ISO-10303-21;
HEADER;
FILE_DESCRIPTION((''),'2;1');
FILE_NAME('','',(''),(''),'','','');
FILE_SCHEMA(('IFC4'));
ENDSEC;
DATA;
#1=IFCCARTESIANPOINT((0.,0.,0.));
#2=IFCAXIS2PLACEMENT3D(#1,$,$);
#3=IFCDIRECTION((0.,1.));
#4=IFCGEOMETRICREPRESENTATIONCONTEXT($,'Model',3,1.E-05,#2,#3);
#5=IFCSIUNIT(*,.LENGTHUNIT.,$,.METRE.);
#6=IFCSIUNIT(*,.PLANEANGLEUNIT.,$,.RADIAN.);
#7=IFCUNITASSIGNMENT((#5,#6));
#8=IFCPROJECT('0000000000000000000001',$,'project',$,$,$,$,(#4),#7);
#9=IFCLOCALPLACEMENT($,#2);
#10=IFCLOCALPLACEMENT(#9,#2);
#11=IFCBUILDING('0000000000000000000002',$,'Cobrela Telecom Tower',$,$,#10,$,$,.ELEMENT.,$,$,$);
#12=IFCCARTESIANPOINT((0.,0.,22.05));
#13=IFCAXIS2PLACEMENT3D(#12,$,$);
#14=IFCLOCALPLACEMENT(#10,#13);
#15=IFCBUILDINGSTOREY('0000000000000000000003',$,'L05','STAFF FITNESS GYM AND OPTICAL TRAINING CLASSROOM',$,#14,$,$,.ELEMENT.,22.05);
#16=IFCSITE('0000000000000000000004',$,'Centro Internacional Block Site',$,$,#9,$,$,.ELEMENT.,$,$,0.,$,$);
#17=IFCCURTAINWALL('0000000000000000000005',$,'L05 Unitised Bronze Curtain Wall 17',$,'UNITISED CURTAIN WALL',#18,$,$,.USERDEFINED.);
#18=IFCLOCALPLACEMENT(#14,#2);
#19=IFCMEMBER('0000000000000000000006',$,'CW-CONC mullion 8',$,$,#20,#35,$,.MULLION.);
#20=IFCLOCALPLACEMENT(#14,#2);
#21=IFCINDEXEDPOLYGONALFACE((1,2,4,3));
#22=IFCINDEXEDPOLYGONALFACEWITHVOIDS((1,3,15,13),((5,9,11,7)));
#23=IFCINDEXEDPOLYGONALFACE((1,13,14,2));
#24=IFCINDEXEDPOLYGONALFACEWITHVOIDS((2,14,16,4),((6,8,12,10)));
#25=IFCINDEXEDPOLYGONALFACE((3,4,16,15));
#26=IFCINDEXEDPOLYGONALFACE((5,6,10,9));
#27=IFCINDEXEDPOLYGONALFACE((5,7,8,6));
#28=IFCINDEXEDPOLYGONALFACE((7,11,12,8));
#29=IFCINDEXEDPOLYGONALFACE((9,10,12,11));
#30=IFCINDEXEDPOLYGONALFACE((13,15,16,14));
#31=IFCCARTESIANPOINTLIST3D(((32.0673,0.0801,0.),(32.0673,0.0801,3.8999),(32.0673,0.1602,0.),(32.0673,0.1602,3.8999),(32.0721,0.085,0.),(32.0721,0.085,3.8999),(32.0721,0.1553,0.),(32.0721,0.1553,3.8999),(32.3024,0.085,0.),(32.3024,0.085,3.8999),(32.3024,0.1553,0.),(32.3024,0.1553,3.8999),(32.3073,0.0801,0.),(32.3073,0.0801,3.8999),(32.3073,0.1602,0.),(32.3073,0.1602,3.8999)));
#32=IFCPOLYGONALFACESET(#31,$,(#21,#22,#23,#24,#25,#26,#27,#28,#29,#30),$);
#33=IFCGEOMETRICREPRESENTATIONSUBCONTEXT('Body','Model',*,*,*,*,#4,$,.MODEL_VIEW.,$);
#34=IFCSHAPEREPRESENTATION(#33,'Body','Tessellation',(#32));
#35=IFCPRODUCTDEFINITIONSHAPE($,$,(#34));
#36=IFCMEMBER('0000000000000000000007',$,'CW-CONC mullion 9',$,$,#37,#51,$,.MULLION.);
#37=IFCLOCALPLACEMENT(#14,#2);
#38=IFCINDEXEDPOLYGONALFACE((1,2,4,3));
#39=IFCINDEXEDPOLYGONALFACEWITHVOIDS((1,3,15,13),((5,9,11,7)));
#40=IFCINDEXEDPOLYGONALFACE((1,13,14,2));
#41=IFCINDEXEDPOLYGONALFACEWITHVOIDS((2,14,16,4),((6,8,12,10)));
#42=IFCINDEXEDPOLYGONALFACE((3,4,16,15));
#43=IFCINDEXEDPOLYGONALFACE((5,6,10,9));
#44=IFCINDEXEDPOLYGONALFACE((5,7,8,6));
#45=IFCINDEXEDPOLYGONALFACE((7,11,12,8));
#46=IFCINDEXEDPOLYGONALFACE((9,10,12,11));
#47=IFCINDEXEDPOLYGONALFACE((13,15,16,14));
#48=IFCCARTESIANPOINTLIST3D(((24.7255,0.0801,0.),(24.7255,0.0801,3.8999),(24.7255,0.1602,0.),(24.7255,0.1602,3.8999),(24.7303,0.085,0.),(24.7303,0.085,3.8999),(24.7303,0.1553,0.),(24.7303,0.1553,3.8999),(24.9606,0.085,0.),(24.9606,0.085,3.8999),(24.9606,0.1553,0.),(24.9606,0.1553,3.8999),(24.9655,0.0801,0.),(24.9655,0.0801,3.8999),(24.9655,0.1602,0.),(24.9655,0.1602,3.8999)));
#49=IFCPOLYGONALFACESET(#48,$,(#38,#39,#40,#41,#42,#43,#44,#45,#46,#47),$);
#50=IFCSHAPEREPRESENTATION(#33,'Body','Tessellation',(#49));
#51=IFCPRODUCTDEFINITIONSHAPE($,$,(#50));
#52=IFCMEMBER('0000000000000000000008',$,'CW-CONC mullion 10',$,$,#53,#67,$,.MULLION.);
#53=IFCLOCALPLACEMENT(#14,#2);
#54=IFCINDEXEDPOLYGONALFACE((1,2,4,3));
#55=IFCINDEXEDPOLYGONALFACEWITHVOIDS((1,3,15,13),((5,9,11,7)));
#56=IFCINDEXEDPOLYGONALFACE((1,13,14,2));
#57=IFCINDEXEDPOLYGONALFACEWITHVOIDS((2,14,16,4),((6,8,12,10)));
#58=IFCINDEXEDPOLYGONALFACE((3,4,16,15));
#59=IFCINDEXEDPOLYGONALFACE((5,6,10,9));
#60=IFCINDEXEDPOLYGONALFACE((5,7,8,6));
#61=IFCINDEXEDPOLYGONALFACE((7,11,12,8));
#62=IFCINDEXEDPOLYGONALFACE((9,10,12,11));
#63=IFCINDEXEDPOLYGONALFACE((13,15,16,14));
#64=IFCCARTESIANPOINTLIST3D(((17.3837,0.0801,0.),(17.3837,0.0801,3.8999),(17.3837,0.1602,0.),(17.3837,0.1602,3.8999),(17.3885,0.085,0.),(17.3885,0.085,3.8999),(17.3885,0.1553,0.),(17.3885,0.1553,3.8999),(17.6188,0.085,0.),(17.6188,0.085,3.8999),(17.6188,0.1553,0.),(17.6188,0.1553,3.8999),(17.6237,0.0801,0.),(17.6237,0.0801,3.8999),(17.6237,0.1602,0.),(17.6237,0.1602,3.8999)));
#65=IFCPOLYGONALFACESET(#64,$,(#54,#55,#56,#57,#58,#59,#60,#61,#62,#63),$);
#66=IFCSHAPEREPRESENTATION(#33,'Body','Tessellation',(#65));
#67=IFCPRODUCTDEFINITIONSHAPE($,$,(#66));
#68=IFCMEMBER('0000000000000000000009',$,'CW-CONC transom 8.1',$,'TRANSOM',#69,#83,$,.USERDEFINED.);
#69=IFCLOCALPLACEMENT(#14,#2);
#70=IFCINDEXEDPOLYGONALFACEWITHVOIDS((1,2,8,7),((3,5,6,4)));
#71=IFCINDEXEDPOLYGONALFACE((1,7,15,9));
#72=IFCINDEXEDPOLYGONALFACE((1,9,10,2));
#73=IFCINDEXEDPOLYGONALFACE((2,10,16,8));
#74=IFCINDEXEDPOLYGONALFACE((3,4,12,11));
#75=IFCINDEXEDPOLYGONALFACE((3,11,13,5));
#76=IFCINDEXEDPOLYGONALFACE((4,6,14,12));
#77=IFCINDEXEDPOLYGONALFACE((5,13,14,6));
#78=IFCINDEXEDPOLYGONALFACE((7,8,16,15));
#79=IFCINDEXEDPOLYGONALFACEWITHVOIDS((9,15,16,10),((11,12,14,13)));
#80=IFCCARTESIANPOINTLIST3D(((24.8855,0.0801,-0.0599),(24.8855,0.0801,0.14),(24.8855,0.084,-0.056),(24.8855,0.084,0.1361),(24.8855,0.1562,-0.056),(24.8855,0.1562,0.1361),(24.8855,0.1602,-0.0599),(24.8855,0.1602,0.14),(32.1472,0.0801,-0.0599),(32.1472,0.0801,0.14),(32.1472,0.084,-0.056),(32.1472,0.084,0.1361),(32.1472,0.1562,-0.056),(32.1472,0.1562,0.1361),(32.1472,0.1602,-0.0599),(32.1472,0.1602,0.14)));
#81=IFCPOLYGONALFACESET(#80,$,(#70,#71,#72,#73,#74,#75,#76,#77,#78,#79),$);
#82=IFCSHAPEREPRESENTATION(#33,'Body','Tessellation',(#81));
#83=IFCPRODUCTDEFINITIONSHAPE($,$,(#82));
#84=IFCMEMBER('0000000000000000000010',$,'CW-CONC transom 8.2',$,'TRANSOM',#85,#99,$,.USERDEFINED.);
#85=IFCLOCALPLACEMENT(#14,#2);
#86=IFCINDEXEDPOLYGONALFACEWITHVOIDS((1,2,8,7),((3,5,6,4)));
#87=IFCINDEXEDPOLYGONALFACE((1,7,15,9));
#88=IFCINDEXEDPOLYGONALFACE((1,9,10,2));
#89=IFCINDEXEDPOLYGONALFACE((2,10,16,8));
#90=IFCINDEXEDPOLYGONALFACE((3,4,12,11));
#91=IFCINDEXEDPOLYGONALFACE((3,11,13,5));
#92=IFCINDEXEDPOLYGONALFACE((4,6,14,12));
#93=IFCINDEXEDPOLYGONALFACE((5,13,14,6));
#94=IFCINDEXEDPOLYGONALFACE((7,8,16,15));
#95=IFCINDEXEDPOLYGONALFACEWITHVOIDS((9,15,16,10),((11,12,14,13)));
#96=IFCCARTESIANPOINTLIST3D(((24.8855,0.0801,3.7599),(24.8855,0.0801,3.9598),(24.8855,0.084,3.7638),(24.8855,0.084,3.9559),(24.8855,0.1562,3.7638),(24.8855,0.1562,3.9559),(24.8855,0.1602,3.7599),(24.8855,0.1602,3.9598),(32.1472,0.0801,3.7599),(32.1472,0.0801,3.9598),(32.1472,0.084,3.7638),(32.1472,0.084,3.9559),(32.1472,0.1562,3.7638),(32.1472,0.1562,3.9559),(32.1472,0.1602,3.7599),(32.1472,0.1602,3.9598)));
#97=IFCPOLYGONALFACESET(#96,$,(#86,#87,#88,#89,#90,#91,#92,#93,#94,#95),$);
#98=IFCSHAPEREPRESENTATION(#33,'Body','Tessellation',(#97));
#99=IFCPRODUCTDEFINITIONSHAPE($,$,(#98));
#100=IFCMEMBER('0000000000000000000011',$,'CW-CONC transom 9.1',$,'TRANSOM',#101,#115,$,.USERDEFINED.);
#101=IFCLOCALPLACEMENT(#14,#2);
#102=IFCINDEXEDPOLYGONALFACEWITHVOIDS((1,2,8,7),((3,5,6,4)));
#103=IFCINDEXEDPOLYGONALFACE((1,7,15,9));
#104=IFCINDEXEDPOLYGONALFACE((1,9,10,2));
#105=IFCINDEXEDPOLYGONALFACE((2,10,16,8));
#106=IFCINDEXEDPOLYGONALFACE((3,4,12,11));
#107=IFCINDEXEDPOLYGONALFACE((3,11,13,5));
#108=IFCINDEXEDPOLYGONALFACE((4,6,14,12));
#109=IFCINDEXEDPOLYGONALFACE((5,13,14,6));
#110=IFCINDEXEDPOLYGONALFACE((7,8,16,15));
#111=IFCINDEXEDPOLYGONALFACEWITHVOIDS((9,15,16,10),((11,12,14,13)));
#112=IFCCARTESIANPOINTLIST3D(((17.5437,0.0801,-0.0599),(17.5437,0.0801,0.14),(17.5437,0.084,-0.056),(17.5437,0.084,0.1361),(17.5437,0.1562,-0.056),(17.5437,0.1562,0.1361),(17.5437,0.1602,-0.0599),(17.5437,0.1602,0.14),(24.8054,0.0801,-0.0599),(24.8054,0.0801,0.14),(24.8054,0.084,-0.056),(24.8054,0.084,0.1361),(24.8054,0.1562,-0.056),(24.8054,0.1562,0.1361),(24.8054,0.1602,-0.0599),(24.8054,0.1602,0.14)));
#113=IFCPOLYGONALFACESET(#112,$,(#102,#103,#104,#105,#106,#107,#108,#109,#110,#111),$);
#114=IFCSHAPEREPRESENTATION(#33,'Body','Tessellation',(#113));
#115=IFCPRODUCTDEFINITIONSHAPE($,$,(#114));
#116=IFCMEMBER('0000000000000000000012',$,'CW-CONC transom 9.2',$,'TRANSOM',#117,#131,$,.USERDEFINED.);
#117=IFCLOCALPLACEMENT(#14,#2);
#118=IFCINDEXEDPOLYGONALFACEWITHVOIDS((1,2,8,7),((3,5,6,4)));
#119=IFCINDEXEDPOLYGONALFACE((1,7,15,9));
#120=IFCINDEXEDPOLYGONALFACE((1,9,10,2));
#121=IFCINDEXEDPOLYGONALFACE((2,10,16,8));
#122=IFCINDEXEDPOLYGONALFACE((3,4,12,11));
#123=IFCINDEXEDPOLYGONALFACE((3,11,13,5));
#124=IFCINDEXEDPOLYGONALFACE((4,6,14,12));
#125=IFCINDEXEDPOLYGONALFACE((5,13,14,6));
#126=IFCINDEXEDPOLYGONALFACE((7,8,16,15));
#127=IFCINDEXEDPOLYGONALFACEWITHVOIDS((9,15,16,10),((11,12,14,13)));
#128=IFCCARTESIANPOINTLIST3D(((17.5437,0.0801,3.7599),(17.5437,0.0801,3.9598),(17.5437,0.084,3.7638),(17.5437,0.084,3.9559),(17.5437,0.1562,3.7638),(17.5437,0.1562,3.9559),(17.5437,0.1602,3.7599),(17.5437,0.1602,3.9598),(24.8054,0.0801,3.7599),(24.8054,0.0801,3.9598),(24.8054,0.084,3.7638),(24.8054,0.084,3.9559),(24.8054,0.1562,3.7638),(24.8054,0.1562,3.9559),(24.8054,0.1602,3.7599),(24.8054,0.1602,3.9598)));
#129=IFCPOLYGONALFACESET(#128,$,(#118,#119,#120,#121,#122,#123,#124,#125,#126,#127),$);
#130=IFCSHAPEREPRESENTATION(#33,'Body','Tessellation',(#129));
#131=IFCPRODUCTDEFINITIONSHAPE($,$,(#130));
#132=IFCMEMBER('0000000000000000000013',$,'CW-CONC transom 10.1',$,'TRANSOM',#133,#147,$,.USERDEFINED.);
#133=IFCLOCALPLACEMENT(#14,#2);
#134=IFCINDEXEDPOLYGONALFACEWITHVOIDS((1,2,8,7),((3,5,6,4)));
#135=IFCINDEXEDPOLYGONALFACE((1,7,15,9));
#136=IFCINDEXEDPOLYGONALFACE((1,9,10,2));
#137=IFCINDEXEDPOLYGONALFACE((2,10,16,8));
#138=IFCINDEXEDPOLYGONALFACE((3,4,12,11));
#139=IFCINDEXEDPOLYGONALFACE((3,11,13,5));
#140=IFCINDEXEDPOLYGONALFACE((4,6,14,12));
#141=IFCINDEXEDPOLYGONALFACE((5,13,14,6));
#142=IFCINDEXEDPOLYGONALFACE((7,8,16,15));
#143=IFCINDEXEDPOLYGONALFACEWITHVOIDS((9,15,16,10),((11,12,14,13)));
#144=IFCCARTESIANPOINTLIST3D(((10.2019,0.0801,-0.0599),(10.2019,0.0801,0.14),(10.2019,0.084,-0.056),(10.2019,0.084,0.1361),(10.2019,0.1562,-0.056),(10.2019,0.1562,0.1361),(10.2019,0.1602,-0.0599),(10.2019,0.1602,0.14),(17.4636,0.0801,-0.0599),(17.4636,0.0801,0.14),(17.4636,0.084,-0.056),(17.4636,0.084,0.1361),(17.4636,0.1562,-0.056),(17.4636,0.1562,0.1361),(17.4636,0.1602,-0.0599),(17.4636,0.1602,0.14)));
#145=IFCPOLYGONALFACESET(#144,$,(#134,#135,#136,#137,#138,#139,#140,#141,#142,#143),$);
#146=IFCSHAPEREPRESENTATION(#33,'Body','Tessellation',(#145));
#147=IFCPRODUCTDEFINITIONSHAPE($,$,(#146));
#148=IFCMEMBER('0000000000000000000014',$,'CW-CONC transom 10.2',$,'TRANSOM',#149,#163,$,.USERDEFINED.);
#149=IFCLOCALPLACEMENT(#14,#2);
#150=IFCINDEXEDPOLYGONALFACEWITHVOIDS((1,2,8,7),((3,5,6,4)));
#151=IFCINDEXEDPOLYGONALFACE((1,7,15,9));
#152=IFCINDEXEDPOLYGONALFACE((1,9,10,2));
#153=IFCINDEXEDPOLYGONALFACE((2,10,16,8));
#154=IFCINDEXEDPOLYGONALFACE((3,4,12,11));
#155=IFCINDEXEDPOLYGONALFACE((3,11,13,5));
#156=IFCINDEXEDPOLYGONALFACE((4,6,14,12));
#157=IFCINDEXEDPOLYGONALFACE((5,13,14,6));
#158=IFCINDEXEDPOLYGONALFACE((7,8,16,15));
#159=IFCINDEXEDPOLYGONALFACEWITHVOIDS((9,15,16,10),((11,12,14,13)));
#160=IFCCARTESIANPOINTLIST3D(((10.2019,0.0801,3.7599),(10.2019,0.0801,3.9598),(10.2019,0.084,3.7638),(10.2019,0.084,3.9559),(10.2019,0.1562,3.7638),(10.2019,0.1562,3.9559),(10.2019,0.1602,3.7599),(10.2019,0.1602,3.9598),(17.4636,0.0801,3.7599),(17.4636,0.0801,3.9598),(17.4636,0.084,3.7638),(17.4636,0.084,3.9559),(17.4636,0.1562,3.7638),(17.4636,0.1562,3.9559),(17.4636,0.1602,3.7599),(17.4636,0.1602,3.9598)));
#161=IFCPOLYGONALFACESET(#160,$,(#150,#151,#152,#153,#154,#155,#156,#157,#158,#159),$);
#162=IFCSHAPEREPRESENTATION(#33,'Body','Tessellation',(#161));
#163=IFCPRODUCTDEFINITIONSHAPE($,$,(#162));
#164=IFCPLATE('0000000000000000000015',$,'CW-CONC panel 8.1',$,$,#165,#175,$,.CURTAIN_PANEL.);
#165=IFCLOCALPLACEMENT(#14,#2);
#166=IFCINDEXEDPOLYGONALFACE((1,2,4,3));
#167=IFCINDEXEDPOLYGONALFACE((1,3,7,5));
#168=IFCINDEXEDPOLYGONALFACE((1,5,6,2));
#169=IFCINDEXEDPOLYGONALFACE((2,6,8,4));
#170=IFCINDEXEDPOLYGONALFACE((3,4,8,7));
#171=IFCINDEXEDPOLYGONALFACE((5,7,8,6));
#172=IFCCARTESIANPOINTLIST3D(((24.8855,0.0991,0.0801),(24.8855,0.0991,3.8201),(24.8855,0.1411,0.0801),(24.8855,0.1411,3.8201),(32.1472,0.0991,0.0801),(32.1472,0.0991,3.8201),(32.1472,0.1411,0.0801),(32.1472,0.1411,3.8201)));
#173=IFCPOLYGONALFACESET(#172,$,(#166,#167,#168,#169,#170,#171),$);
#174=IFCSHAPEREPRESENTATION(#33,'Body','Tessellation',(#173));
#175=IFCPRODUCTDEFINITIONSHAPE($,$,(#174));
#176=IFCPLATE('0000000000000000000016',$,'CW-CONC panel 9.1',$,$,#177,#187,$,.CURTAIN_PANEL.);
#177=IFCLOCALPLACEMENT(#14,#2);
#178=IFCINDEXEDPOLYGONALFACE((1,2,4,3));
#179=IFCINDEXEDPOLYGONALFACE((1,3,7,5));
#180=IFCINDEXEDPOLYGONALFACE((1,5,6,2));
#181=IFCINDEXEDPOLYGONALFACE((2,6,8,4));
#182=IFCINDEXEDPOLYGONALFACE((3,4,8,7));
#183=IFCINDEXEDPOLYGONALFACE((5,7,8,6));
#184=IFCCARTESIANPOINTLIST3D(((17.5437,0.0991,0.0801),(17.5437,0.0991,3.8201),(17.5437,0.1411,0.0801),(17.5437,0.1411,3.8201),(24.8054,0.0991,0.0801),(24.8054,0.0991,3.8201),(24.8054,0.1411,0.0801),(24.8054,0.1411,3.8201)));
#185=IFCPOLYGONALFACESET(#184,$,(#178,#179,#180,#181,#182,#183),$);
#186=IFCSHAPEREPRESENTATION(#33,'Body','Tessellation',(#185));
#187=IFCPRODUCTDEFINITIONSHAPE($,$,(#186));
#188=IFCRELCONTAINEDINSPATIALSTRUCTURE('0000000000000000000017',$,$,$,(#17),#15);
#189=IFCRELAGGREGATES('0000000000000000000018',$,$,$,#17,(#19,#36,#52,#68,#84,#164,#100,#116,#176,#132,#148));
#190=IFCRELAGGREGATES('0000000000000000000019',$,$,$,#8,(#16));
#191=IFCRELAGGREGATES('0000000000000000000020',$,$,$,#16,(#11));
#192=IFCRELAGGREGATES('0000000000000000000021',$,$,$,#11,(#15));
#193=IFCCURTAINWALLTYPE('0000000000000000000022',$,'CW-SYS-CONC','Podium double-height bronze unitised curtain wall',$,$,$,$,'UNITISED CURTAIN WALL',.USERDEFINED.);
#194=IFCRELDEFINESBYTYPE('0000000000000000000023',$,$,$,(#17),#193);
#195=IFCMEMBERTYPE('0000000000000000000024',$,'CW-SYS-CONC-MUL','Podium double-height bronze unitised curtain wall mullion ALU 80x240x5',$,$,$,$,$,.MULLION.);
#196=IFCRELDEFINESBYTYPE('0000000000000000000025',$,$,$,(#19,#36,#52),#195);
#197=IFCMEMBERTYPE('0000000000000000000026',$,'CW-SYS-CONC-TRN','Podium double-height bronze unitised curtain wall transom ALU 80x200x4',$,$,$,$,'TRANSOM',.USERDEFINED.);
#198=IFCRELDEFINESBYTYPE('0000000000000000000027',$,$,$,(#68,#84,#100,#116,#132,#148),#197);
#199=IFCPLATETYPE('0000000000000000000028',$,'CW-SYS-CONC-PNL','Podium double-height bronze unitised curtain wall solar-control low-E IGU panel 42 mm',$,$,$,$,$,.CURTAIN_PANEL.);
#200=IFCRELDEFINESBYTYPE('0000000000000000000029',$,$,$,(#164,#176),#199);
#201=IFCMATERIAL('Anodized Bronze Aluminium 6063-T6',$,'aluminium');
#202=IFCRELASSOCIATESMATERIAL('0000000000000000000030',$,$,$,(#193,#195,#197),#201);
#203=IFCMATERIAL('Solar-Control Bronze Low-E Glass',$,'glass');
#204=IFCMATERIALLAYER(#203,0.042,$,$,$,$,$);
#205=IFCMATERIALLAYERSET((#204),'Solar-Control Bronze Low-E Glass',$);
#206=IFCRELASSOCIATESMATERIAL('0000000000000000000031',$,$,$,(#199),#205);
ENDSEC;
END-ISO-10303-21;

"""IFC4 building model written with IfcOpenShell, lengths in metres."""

from ifc_helpers import new_model, si_unit, direction, frame, origin, origin_2d, place, context, subcontext, project, spatial, rectangle, hollow_rectangle, extrude, material, layer, layer_set, material_profile, profile_set, type_object, element, aggregate, save


model = new_model("IFC4")

# Units and contexts
model_context = context("Model", 3, precision=1e-05, world=origin(), true_north=direction((0.0, 1.0)))
body_context = subcontext(model_context, "Body", "Model", "MODEL_VIEW")
ifc_project = project(units=[si_unit("LENGTHUNIT", "METRE"), si_unit("PLANEANGLEUNIT", "RADIAN")], contexts=[model_context])

# Site, building, storey
site_placement = place(None, origin())
site = spatial("IfcSite", under=ifc_project, at=site_placement, Name="Centro Internacional Block Site", CompositionType="ELEMENT", RefElevation=0.0)
building_placement = place(site_placement, origin())
building = spatial("IfcBuilding", under=site, at=building_placement, Name="Cobrela Telecom Tower", CompositionType="ELEMENT")
storey_placement = place(building_placement, frame((0.0, 0.0, 22.05)))
storey = spatial("IfcBuildingStorey", under=building, at=storey_placement, Name="L05", Description="STAFF FITNESS GYM AND OPTICAL TRAINING CLASSROOM", CompositionType="ELEMENT", Elevation=22.05)

# Curtain wall, members, plates
ifc_material_1 = material(Name="Anodized Bronze Aluminium 6063-T6", Category="aluminium")
curtain_wall_type = type_object("IfcCurtainWallType", Name="CW-SYS-CONC", Description="Podium double-height bronze unitised curtain wall", ElementType="UNITISED CURTAIN WALL", PredefinedType="USERDEFINED", material=ifc_material_1)
curtain_wall_placement = place(storey_placement, origin())
curtain_wall = element("IfcCurtainWall", 1, at=curtain_wall_placement, inside=storey, type_object=curtain_wall_type, Name="L05 Unitised Bronze Curtain Wall 17", ObjectType="UNITISED CURTAIN WALL", PredefinedType="USERDEFINED")
ifc_material_profile_1 = material_profile(ifc_material_1, hollow_rectangle(XDim=0.0801, YDim=0.24, WallThickness=0.0049, at=origin_2d()), Name="ALU 80x240x5")
ifc_profile_set_1 = profile_set([ifc_material_profile_1], Name="Anodized Bronze Aluminium 6063-T6")
member_type_1 = type_object("IfcMemberType", Name="CW-SYS-CONC-MUL", Description="Podium double-height bronze unitised curtain wall mullion ALU 80x240x5", PredefinedType="MULLION", material=ifc_profile_set_1)
member_1_placement = place(storey_placement, frame((32.1873, 0.1201, 0.0), z_axis=(0.0, 0.0, 1.0), x_axis=(0.0, -1.0, 0.0)))
member_1 = element("IfcMember", 2, at=member_1_placement, type_object=member_type_1, Name="CW-CONC mullion 8", PredefinedType="MULLION", context=body_context, shape_type="SweptSolid", body=[
    extrude(hollow_rectangle(XDim=0.0801, YDim=0.24, WallThickness=0.0049, at=origin_2d()), origin(), (0.0, 0.0, 1.0), 3.8999),
])
member_2_placement = place(storey_placement, frame((24.8455, 0.1201, 0.0), z_axis=(0.0, 0.0, 1.0), x_axis=(0.0, -1.0, 0.0)))
member_2 = element("IfcMember", 3, at=member_2_placement, type_object=member_type_1, Name="CW-CONC mullion 9", PredefinedType="MULLION", context=body_context, shape_type="SweptSolid", body=[
    extrude(hollow_rectangle(XDim=0.0801, YDim=0.24, WallThickness=0.0049, at=origin_2d()), origin(), (0.0, 0.0, 1.0), 3.8999),
])
member_3_placement = place(storey_placement, frame((17.5037, 0.1201, 0.0), z_axis=(0.0, 0.0, 1.0), x_axis=(0.0, -1.0, 0.0)))
member_3 = element("IfcMember", 4, at=member_3_placement, type_object=member_type_1, Name="CW-CONC mullion 10", PredefinedType="MULLION", context=body_context, shape_type="SweptSolid", body=[
    extrude(hollow_rectangle(XDim=0.0801, YDim=0.24, WallThickness=0.0049, at=origin_2d()), origin(), (0.0, 0.0, 1.0), 3.8999),
])
ifc_material_profile_2 = material_profile(ifc_material_1, hollow_rectangle(XDim=0.0801, YDim=0.2, WallThickness=0.0039, at=origin_2d()), Name="ALU 80x200x4")
ifc_profile_set_2 = profile_set([ifc_material_profile_2], Name="Anodized Bronze Aluminium 6063-T6")
member_type_2 = type_object("IfcMemberType", Name="CW-SYS-CONC-TRN", Description="Podium double-height bronze unitised curtain wall transom ALU 80x200x4", ElementType="TRANSOM", PredefinedType="USERDEFINED", material=ifc_profile_set_2)
member_4_placement = place(storey_placement, frame((32.1472, 0.1201, 0.04), z_axis=(-1.0, 0.0, 0.0), x_axis=(0.0, -1.0, 0.0)))
member_4 = element("IfcMember", 5, at=member_4_placement, type_object=member_type_2, Name="CW-CONC transom 8.1", ObjectType="TRANSOM", PredefinedType="USERDEFINED", context=body_context, shape_type="SweptSolid", body=[
    extrude(hollow_rectangle(XDim=0.0801, YDim=0.2, WallThickness=0.0039, at=origin_2d()), origin(), (0.0, 0.0, 1.0), 7.2617),
])
member_5_placement = place(storey_placement, frame((32.1472, 0.1201, 3.8599), z_axis=(-1.0, 0.0, 0.0), x_axis=(0.0, -1.0, 0.0)))
member_5 = element("IfcMember", 6, at=member_5_placement, type_object=member_type_2, Name="CW-CONC transom 8.2", ObjectType="TRANSOM", PredefinedType="USERDEFINED", context=body_context, shape_type="SweptSolid", body=[
    extrude(hollow_rectangle(XDim=0.0801, YDim=0.2, WallThickness=0.0039, at=origin_2d()), origin(), (0.0, 0.0, 1.0), 7.2617),
])
member_6_placement = place(storey_placement, frame((24.8054, 0.1201, 0.04), z_axis=(-1.0, 0.0, 0.0), x_axis=(0.0, -1.0, 0.0)))
member_6 = element("IfcMember", 7, at=member_6_placement, type_object=member_type_2, Name="CW-CONC transom 9.1", ObjectType="TRANSOM", PredefinedType="USERDEFINED", context=body_context, shape_type="SweptSolid", body=[
    extrude(hollow_rectangle(XDim=0.0801, YDim=0.2, WallThickness=0.0039, at=origin_2d()), origin(), (0.0, 0.0, 1.0), 7.2617),
])
member_7_placement = place(storey_placement, frame((24.8054, 0.1201, 3.8599), z_axis=(-1.0, 0.0, 0.0), x_axis=(0.0, -1.0, 0.0)))
member_7 = element("IfcMember", 8, at=member_7_placement, type_object=member_type_2, Name="CW-CONC transom 9.2", ObjectType="TRANSOM", PredefinedType="USERDEFINED", context=body_context, shape_type="SweptSolid", body=[
    extrude(hollow_rectangle(XDim=0.0801, YDim=0.2, WallThickness=0.0039, at=origin_2d()), origin(), (0.0, 0.0, 1.0), 7.2617),
])
member_8_placement = place(storey_placement, frame((17.4636, 0.1201, 0.04), z_axis=(-1.0, 0.0, 0.0), x_axis=(0.0, -1.0, 0.0)))
member_8 = element("IfcMember", 9, at=member_8_placement, type_object=member_type_2, Name="CW-CONC transom 10.1", ObjectType="TRANSOM", PredefinedType="USERDEFINED", context=body_context, shape_type="SweptSolid", body=[
    extrude(hollow_rectangle(XDim=0.0801, YDim=0.2, WallThickness=0.0039, at=origin_2d()), origin(), (0.0, 0.0, 1.0), 7.2617),
])
member_9_placement = place(storey_placement, frame((17.4636, 0.1201, 3.8599), z_axis=(-1.0, 0.0, 0.0), x_axis=(0.0, -1.0, 0.0)))
member_9 = element("IfcMember", 10, at=member_9_placement, type_object=member_type_2, Name="CW-CONC transom 10.2", ObjectType="TRANSOM", PredefinedType="USERDEFINED", context=body_context, shape_type="SweptSolid", body=[
    extrude(hollow_rectangle(XDim=0.0801, YDim=0.2, WallThickness=0.0039, at=origin_2d()), origin(), (0.0, 0.0, 1.0), 7.2617),
])
ifc_material_2 = material(Name="Solar-Control Bronze Low-E Glass", Category="glass")
ifc_layer = layer(ifc_material_2, 0.042)
ifc_layer_set = layer_set([ifc_layer], Name="Solar-Control Bronze Low-E Glass")
plate_type = type_object("IfcPlateType", Name="CW-SYS-CONC-PNL", Description="Podium double-height bronze unitised curtain wall solar-control low-E IGU panel 42 mm", PredefinedType="CURTAIN_PANEL", material=ifc_layer_set)
plate_1_placement = place(storey_placement, frame((28.5164, 0.1201, 0.0801), z_axis=(0.0, 0.0, 1.0), x_axis=(-1.0, 0.0, 0.0)))
plate_1 = element("IfcPlate", 11, at=plate_1_placement, type_object=plate_type, Name="CW-CONC panel 8.1", PredefinedType="CURTAIN_PANEL", context=body_context, shape_type="SweptSolid", body=[
    extrude(rectangle(XDim=7.2617, YDim=0.042, at=origin_2d()), origin(), (0.0, 0.0, 1.0), 3.74),
])
plate_2_placement = place(storey_placement, frame((21.1746, 0.1201, 0.0801), z_axis=(0.0, 0.0, 1.0), x_axis=(-1.0, 0.0, 0.0)))
plate_2 = element("IfcPlate", 12, at=plate_2_placement, type_object=plate_type, Name="CW-CONC panel 9.1", PredefinedType="CURTAIN_PANEL", context=body_context, shape_type="SweptSolid", body=[
    extrude(rectangle(XDim=7.2617, YDim=0.042, at=origin_2d()), origin(), (0.0, 0.0, 1.0), 3.74),
])
aggregate(curtain_wall, [member_1, member_2, member_3, member_4, member_5, plate_1, member_6, member_7, plate_2, member_8, member_9])

save(model, "model.ifc")
